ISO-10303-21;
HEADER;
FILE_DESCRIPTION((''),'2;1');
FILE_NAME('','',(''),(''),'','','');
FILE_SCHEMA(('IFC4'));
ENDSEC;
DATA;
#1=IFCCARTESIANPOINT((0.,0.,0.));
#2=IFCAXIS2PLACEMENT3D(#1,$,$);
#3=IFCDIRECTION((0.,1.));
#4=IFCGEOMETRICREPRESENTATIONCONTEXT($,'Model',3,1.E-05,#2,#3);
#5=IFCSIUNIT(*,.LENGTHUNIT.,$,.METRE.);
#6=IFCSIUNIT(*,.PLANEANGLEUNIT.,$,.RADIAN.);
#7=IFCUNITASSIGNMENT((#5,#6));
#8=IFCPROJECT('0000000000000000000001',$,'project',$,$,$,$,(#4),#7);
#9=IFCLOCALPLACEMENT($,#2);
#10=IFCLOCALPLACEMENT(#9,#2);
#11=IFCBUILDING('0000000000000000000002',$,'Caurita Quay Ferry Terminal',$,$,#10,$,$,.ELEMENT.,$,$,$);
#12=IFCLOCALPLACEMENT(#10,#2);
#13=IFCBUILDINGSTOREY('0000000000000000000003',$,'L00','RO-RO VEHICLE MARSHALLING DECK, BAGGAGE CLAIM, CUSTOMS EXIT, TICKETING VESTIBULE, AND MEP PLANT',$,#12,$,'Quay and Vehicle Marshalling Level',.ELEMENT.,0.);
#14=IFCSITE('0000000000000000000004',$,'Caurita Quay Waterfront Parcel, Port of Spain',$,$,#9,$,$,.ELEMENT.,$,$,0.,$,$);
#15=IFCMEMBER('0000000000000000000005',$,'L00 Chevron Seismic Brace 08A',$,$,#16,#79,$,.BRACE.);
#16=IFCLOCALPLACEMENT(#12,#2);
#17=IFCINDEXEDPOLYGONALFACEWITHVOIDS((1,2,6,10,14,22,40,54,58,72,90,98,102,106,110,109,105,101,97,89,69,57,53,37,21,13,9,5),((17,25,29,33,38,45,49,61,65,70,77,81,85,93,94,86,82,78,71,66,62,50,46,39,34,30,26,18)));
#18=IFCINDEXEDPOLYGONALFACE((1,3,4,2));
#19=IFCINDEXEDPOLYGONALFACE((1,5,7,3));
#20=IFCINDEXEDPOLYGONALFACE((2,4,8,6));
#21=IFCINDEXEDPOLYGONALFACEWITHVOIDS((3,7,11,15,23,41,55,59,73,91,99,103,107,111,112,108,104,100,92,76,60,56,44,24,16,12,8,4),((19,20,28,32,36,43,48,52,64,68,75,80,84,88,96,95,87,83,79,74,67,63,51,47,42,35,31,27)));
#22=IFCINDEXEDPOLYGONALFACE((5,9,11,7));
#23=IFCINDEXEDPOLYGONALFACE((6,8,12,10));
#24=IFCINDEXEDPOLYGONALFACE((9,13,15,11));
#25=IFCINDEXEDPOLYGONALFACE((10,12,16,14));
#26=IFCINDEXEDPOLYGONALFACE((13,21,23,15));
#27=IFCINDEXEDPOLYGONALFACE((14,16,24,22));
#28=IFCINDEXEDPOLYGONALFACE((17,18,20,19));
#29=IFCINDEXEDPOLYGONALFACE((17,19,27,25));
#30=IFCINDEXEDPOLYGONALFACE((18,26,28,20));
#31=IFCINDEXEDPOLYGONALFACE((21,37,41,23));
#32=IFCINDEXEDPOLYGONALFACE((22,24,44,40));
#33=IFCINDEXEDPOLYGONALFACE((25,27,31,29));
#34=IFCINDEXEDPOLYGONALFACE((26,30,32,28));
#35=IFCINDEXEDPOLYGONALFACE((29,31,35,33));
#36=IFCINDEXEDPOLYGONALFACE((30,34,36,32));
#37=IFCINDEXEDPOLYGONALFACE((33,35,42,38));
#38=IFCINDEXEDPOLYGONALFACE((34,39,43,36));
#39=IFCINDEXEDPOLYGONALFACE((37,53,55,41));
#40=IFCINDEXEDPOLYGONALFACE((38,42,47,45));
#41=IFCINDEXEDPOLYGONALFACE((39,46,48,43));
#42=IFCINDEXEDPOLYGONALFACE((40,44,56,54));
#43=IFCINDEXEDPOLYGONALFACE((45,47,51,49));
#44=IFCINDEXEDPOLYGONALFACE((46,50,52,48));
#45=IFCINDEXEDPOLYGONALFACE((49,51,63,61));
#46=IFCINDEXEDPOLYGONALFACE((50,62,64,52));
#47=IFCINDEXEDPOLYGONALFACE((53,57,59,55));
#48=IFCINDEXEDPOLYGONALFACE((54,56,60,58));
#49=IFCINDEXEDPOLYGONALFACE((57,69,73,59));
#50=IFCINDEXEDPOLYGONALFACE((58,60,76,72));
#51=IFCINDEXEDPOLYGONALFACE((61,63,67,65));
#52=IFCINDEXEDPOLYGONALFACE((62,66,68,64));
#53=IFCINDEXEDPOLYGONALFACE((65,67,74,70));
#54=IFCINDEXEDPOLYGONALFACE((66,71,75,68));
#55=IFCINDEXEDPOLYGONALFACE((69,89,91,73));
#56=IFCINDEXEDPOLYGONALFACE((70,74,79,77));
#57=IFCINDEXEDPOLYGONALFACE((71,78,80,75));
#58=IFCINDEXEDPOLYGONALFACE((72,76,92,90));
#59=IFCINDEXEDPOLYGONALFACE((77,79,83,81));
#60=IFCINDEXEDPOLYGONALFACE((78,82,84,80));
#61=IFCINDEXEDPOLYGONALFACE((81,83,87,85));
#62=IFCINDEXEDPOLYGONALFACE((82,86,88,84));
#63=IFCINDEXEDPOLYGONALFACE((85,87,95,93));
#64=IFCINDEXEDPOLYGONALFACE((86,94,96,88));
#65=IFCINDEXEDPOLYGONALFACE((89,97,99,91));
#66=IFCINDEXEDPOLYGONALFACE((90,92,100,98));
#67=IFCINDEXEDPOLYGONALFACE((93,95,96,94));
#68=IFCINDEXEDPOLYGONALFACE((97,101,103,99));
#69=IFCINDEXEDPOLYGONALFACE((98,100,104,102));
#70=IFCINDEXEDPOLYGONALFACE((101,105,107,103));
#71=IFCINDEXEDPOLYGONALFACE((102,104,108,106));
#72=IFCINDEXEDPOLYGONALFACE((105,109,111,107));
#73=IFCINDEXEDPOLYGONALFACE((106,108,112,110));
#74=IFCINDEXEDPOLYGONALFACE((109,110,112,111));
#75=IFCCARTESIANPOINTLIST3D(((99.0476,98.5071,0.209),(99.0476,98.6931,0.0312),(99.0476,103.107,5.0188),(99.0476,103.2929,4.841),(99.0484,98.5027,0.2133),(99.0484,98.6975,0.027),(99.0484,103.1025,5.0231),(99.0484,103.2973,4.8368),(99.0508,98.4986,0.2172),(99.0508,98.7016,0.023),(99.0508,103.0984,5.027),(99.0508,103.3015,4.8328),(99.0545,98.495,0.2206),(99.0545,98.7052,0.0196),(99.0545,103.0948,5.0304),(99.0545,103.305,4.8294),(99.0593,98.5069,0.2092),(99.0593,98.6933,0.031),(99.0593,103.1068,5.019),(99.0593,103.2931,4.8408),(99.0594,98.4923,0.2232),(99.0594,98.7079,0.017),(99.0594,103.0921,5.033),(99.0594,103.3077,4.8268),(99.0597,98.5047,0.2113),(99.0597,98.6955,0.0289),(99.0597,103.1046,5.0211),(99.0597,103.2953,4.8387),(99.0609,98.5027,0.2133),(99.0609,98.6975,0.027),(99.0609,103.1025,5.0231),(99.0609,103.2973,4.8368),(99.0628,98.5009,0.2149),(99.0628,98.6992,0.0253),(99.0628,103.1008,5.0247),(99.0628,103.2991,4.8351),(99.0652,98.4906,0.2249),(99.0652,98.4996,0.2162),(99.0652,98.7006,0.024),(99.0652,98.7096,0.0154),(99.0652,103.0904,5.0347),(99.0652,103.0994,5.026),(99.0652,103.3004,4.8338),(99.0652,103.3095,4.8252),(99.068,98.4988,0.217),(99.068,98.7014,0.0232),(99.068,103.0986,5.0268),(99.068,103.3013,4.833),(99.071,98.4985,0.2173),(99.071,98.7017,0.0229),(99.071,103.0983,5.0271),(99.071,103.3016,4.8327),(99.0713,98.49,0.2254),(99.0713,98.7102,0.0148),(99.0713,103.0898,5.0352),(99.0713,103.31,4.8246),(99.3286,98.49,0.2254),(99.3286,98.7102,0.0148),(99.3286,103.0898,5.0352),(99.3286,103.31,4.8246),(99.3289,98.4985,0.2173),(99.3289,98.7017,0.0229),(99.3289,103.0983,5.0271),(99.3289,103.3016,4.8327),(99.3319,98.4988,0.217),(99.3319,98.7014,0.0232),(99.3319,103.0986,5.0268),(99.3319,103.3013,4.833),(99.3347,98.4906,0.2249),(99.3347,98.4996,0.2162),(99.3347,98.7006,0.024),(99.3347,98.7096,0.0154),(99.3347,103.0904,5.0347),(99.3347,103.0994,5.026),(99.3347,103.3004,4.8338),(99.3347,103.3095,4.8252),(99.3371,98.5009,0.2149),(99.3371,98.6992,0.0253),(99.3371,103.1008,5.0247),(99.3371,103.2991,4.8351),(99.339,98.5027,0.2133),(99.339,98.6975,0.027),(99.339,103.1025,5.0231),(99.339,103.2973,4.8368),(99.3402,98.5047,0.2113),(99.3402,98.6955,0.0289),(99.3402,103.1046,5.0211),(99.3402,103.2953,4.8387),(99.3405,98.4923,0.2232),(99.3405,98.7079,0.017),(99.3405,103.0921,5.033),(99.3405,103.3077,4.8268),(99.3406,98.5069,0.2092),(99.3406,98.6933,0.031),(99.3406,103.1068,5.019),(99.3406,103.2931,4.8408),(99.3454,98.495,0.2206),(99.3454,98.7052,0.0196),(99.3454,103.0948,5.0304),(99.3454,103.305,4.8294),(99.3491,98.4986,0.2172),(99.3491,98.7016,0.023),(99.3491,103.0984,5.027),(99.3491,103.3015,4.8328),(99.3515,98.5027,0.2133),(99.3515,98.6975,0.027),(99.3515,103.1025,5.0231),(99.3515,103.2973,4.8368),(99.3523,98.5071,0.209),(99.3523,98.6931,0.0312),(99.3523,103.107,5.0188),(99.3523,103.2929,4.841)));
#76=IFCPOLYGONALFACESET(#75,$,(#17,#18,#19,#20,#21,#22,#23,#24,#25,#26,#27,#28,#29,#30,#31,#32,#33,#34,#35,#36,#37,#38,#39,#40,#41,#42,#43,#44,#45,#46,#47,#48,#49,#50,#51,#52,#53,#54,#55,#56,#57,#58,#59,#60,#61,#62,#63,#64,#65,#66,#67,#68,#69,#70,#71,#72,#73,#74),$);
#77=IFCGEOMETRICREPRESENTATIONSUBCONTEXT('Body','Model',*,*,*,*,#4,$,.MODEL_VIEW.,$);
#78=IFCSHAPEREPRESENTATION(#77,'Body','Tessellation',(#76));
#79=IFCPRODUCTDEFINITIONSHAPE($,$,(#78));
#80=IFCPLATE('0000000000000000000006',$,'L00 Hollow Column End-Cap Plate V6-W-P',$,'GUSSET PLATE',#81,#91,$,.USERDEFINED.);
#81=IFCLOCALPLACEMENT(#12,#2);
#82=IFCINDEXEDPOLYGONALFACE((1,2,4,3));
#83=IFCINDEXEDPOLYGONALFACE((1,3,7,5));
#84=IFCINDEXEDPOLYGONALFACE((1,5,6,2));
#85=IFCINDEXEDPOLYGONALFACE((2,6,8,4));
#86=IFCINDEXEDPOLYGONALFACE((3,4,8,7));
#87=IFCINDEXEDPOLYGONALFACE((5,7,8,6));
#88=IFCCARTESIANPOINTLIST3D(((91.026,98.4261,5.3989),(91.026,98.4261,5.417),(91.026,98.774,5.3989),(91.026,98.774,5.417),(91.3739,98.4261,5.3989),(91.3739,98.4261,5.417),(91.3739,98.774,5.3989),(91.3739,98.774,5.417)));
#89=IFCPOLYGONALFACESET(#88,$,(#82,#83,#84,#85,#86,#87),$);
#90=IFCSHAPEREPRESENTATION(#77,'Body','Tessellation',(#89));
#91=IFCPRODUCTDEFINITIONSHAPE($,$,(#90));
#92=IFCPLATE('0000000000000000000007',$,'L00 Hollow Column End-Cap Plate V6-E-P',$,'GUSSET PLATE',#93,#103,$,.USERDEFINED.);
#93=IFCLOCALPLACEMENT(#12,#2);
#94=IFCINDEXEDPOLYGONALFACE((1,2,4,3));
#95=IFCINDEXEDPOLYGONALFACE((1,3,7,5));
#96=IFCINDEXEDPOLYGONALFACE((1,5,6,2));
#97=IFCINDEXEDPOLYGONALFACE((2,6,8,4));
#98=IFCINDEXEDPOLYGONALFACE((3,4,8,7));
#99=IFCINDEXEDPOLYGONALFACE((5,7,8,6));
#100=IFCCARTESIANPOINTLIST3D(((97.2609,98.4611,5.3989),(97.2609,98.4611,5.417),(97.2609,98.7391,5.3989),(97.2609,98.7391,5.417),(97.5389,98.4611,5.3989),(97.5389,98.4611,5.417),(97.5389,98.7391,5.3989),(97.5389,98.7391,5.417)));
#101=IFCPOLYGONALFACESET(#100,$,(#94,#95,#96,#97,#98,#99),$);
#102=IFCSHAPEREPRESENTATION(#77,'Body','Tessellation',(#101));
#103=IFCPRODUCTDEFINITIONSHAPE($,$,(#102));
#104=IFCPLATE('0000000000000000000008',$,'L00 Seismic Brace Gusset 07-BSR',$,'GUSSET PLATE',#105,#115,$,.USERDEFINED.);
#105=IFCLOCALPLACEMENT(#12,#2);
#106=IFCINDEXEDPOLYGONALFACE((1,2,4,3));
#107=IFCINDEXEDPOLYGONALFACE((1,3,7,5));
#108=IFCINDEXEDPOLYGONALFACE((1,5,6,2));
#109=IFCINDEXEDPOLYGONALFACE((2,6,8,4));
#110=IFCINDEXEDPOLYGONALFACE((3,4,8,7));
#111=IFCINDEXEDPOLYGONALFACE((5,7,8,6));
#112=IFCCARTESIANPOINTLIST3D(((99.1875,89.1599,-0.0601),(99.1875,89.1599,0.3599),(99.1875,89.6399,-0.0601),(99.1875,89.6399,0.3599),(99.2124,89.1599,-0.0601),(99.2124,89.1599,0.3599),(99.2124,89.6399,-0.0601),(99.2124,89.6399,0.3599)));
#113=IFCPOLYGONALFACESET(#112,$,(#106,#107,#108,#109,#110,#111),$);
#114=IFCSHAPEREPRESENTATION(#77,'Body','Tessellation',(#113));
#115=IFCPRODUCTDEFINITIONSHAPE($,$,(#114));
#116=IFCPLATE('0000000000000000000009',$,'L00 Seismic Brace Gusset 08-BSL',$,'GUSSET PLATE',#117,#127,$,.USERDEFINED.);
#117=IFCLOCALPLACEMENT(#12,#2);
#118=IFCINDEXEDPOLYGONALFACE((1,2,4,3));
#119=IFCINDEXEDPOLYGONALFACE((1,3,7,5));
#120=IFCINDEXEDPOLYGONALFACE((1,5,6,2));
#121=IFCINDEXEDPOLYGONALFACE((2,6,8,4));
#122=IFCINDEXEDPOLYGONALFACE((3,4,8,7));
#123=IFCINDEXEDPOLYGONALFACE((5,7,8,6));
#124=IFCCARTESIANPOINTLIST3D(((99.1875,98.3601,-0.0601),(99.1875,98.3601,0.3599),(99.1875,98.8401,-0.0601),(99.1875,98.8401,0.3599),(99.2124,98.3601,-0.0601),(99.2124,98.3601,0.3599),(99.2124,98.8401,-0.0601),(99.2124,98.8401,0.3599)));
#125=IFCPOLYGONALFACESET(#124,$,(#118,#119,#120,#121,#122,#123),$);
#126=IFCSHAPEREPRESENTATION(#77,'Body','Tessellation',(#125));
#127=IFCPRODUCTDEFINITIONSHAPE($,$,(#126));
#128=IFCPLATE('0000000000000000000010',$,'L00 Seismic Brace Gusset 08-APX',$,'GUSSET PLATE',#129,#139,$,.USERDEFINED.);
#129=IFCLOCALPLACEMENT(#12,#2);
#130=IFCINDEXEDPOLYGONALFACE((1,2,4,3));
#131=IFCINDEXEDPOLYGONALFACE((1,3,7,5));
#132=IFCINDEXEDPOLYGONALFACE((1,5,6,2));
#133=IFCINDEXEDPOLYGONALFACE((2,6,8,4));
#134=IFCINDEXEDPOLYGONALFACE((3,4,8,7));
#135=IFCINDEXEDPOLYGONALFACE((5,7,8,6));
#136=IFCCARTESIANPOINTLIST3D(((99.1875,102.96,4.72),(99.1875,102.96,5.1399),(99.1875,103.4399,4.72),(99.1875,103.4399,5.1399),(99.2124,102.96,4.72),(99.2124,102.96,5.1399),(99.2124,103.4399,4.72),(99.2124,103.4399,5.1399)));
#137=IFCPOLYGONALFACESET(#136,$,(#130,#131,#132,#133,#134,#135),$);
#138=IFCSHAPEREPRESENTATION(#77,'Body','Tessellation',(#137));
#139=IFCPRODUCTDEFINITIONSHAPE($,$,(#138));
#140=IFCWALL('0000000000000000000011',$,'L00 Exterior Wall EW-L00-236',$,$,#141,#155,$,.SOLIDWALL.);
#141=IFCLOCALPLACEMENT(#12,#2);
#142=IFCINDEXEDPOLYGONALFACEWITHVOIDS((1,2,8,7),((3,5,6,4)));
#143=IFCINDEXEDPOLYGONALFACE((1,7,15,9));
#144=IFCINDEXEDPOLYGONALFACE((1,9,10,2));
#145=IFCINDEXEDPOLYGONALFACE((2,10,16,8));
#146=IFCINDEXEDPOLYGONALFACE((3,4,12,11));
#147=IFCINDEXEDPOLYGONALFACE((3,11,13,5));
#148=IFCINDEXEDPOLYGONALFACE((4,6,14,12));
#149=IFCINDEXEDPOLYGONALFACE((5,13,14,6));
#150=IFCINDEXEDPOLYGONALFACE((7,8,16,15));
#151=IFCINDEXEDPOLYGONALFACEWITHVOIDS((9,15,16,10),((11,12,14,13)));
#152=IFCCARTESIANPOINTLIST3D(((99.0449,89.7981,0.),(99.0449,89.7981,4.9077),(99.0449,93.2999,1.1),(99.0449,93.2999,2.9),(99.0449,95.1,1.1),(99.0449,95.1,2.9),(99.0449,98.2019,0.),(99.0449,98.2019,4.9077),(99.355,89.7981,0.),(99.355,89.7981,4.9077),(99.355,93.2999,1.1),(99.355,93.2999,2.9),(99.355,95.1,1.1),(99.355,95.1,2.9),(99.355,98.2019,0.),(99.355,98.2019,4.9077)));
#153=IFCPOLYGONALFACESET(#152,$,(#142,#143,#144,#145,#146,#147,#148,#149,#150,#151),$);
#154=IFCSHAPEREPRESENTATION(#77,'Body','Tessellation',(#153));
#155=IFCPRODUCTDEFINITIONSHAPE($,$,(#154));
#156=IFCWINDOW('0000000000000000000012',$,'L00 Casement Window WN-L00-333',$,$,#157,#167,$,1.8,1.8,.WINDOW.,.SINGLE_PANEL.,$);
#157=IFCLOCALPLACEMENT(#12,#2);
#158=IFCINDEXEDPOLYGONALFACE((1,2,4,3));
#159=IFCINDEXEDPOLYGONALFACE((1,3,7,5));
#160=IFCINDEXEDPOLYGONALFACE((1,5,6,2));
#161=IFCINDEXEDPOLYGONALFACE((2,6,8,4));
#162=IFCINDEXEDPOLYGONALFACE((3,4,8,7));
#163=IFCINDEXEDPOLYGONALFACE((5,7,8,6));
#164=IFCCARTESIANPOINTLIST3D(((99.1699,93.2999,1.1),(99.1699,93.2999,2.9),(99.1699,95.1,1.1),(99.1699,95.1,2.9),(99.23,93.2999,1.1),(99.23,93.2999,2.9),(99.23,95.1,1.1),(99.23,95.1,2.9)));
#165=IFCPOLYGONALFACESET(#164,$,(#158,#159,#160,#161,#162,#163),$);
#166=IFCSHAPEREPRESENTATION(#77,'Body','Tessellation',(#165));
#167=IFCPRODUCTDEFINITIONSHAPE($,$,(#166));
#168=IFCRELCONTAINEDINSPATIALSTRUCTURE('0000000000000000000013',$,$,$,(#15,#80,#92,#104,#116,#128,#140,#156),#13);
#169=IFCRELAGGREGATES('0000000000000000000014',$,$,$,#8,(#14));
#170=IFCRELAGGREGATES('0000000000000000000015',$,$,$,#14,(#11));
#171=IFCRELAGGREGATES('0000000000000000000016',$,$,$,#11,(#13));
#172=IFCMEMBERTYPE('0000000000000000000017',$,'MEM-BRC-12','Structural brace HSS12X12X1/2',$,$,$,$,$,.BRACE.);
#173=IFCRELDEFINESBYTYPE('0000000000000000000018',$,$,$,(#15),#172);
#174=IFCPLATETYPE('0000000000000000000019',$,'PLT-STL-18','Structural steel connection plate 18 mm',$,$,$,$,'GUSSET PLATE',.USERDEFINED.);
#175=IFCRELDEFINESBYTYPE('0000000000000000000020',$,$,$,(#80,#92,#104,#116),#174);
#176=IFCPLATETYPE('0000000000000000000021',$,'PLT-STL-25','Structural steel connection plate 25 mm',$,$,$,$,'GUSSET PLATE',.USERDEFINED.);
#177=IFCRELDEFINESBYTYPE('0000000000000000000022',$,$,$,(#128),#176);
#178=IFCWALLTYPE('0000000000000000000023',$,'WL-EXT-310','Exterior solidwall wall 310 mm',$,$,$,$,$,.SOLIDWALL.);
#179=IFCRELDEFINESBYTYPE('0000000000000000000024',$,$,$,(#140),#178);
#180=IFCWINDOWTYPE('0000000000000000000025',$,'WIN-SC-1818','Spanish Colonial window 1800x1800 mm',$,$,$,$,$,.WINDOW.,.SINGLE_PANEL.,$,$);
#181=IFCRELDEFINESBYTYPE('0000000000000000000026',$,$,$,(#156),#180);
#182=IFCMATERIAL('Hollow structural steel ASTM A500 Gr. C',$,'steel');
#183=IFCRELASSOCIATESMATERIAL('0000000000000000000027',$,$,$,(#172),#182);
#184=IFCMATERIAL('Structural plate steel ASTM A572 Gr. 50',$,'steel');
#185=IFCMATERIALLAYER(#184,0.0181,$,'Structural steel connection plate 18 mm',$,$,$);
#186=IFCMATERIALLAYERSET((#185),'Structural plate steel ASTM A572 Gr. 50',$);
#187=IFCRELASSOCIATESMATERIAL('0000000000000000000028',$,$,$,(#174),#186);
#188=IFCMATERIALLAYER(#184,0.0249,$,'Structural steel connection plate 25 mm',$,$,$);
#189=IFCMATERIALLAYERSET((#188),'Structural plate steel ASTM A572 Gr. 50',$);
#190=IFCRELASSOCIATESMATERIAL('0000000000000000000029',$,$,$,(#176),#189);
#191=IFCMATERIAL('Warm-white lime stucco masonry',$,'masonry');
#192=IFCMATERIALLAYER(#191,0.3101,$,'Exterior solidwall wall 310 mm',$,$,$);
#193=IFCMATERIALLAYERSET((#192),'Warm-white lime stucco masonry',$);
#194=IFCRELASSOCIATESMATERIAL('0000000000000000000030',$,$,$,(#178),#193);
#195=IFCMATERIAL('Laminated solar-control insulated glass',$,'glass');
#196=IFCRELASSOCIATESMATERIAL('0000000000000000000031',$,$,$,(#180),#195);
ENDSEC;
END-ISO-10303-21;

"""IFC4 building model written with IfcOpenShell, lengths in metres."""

from ifc_helpers import new_model, si_unit, direction, frame, frame_2d, origin, origin_2d, place, context, subcontext, project, spatial, rectangle, hollow_rectangle, extrude, material, layer, layer_set, material_profile, profile_set, type_object, element, fill, save


model = new_model("IFC4")

# Units and contexts
model_context = context("Model", 3, precision=1e-05, world=origin(), true_north=direction((0.0, 1.0)))
body_context = subcontext(model_context, "Body", "Model", "MODEL_VIEW")
ifc_project = project(units=[si_unit("LENGTHUNIT", "METRE"), si_unit("PLANEANGLEUNIT", "RADIAN")], contexts=[model_context])

# Site, building, storey
site_placement = place(None, origin())
site = spatial("IfcSite", under=ifc_project, at=site_placement, Name="Caurita Quay Waterfront Parcel, Port of Spain", CompositionType="ELEMENT", RefElevation=0.0)
building_placement = place(site_placement, origin())
building = spatial("IfcBuilding", under=site, at=building_placement, Name="Caurita Quay Ferry Terminal", CompositionType="ELEMENT")
storey_placement = place(building_placement, origin())
storey = spatial("IfcBuildingStorey", under=building, at=storey_placement, Name="L00", Description="RO-RO VEHICLE MARSHALLING DECK, BAGGAGE CLAIM, CUSTOMS EXIT, TICKETING VESTIBULE, AND MEP PLANT", LongName="Quay and Vehicle Marshalling Level", CompositionType="ELEMENT", Elevation=0.0)

# Shared definitions
ifc_material_1 = material(Name="Hollow structural steel ASTM A500 Gr. C", Category="steel")

# Member
ifc_material_profile_1 = material_profile(ifc_material_1, hollow_rectangle(XDim=0.3047, YDim=0.3047, WallThickness=0.0117, InnerFilletRadius=0.0117, OuterFilletRadius=0.0237, at=origin_2d()), Name="HSS12X12X1/2")
ifc_profile_set_1 = profile_set([ifc_material_profile_1], Name="Hollow structural steel ASTM A500 Gr. C")
member_type = type_object("IfcMemberType", Name="MEM-BRC-12", Description="Structural brace HSS12X12X1/2", PredefinedType="BRACE", material=ifc_profile_set_1)
for number, where, z_axis, x_axis, name in (
    (1, (99.2, 98.6001, 0.1201), (0.0, 0.691157, 0.722705), (-1.0, 0.0, 0.0), "L00 Chevron Seismic Brace 08A"),
):
    element("IfcMember", number, at=place(storey_placement, frame(where, z_axis=z_axis, x_axis=x_axis)), inside=storey, type_object=member_type, Name=name, PredefinedType="BRACE", context=body_context, shape_type="SweptSolid", body=[
        extrude(hollow_rectangle(XDim=0.3047, YDim=0.3047, WallThickness=0.0117, InnerFilletRadius=0.0117, OuterFilletRadius=0.0237, at=origin_2d()), origin(), (0.0, 0.0, 1.0), 6.6553),
    ])

# Plates
ifc_material_2 = material(Name="Structural plate steel ASTM A572 Gr. 50", Category="steel")
ifc_layer_1 = layer(ifc_material_2, 0.0181, Name="Structural steel connection plate 18 mm")
ifc_layer_set_1 = layer_set([ifc_layer_1], Name="Structural plate steel ASTM A572 Gr. 50")
plate_type_1 = type_object("IfcPlateType", Name="PLT-STL-18", Description="Structural steel connection plate 18 mm", ElementType="GUSSET PLATE", PredefinedType="USERDEFINED", material=ifc_layer_set_1)
plate_1_placement = place(storey_placement, frame((91.2, 98.6001, 5.3989), z_axis=(0.0, 0.0, 1.0), x_axis=(1.0, 0.0, 0.0)))
element("IfcPlate", 2, at=plate_1_placement, inside=storey, type_object=plate_type_1, Name="L00 Hollow Column End-Cap Plate V6-W-P", ObjectType="GUSSET PLATE", PredefinedType="USERDEFINED", context=body_context, shape_type="SweptSolid", body=[
    extrude(rectangle(XDim=0.3479, YDim=0.3479, at=origin_2d()), origin(), (0.0, 0.0, 1.0), 0.0181),
])
plate_2_placement = place(storey_placement, frame((97.3999, 98.6001, 5.3989), z_axis=(0.0, 0.0, 1.0), x_axis=(1.0, 0.0, 0.0)))
element("IfcPlate", 3, at=plate_2_placement, inside=storey, type_object=plate_type_1, Name="L00 Hollow Column End-Cap Plate V6-E-P", ObjectType="GUSSET PLATE", PredefinedType="USERDEFINED", context=body_context, shape_type="SweptSolid", body=[
    extrude(rectangle(XDim=0.2781, YDim=0.2781, at=origin_2d()), origin(), (0.0, 0.0, 1.0), 0.0181),
])
for number, where, z_axis, x_axis, name in (
    (4, (99.2, 89.3999, -0.0601), (0.0, 0.0, 1.0), (0.0, 1.0, 0.0), "L00 Seismic Brace Gusset 07-BSR"),
    (5, (99.2, 98.6001, -0.0601), (0.0, 0.0, 1.0), (0.0, 1.0, 0.0), "L00 Seismic Brace Gusset 08-BSL"),
):
    element("IfcPlate", number, at=place(storey_placement, frame(where, z_axis=z_axis, x_axis=x_axis)), inside=storey, type_object=plate_type_1, Name=name, ObjectType="GUSSET PLATE", PredefinedType="USERDEFINED", context=body_context, shape_type="SweptSolid", body=[
        extrude(rectangle(XDim=0.48, YDim=0.0249, at=origin_2d()), origin(), (0.0, 0.0, 1.0), 0.4199),
    ])
ifc_layer_2 = layer(ifc_material_2, 0.0249, Name="Structural steel connection plate 25 mm")
ifc_layer_set_2 = layer_set([ifc_layer_2], Name="Structural plate steel ASTM A572 Gr. 50")
plate_type_2 = type_object("IfcPlateType", Name="PLT-STL-25", Description="Structural steel connection plate 25 mm", ElementType="GUSSET PLATE", PredefinedType="USERDEFINED", material=ifc_layer_set_2)
plate_3_placement = place(storey_placement, frame((99.2, 103.2, 4.72), z_axis=(0.0, 0.0, 1.0), x_axis=(0.0, 1.0, 0.0)))
element("IfcPlate", 6, at=plate_3_placement, inside=storey, type_object=plate_type_2, Name="L00 Seismic Brace Gusset 08-APX", ObjectType="GUSSET PLATE", PredefinedType="USERDEFINED", context=body_context, shape_type="SweptSolid", body=[
    extrude(rectangle(XDim=0.48, YDim=0.0249, at=origin_2d()), origin(), (0.0, 0.0, 1.0), 0.4199),
])

# Wall, opening, window
ifc_material_3 = material(Name="Warm-white lime stucco masonry", Category="masonry")
ifc_layer_3 = layer(ifc_material_3, 0.3101, Name="Exterior solidwall wall 310 mm")
ifc_layer_set_3 = layer_set([ifc_layer_3], Name="Warm-white lime stucco masonry")
wall_type = type_object("IfcWallType", Name="WL-EXT-310", Description="Exterior solidwall wall 310 mm", PredefinedType="SOLIDWALL", material=ifc_layer_set_3)
wall_placement = place(storey_placement, frame((99.2, 98.2019, 0.0), z_axis=(0.0, 0.0, 1.0), x_axis=(0.0, -1.0, 0.0)))
wall = element("IfcWall", 7, at=wall_placement, inside=storey, type_object=wall_type, Name="L00 Exterior Wall EW-L00-236", PredefinedType="SOLIDWALL", context=body_context, shape_type="SweptSolid", body=[
    extrude(rectangle(XDim=8.4038, YDim=0.3101, at=frame_2d((4.2019, 0.0))), origin(), (0.0, 0.0, 1.0), 4.9077),
])
opening_placement = place(wall_placement, frame((3.1021, 0.0, 1.1001)))
opening = element("IfcOpeningElement", 8, at=opening_placement, cuts=wall, PredefinedType="OPENING", context=body_context, shape_type="SweptSolid", body=[
    extrude(rectangle(XDim=1.8, YDim=1.8, at=frame_2d((0.8999, 0.8999))), frame((0.0, 0.165, 0.0), z_axis=(0.0, -1.0, 0.0), x_axis=(1.0, 0.0, 0.0)), (0.0, 0.0, 1.0), 0.3301),
])
ifc_material_4 = material(Name="Laminated solar-control insulated glass", Category="glass")
window_type = type_object("IfcWindowType", Name="WIN-SC-1818", Description="Spanish Colonial window 1800x1800 mm", PartitioningType="SINGLE_PANEL", PredefinedType="WINDOW", material=ifc_material_4)
window_placement = place(opening_placement, origin())
window = element("IfcWindow", 9, at=window_placement, inside=storey, type_object=window_type, Name="L00 Casement Window WN-L00-333", OverallHeight=1.8, OverallWidth=1.8, PartitioningType="SINGLE_PANEL", PredefinedType="WINDOW", context=body_context, shape_type="SweptSolid", body=[
    extrude(rectangle(XDim=1.8, YDim=1.8, at=frame_2d((0.8999, 0.8999))), frame((0.0, 0.03, 0.0), z_axis=(0.0, -1.0, 0.0), x_axis=(1.0, 0.0, 0.0)), (0.0, 0.0, 1.0), 0.0601),
])
fill(opening, window)

save(model, "model.ifc")
